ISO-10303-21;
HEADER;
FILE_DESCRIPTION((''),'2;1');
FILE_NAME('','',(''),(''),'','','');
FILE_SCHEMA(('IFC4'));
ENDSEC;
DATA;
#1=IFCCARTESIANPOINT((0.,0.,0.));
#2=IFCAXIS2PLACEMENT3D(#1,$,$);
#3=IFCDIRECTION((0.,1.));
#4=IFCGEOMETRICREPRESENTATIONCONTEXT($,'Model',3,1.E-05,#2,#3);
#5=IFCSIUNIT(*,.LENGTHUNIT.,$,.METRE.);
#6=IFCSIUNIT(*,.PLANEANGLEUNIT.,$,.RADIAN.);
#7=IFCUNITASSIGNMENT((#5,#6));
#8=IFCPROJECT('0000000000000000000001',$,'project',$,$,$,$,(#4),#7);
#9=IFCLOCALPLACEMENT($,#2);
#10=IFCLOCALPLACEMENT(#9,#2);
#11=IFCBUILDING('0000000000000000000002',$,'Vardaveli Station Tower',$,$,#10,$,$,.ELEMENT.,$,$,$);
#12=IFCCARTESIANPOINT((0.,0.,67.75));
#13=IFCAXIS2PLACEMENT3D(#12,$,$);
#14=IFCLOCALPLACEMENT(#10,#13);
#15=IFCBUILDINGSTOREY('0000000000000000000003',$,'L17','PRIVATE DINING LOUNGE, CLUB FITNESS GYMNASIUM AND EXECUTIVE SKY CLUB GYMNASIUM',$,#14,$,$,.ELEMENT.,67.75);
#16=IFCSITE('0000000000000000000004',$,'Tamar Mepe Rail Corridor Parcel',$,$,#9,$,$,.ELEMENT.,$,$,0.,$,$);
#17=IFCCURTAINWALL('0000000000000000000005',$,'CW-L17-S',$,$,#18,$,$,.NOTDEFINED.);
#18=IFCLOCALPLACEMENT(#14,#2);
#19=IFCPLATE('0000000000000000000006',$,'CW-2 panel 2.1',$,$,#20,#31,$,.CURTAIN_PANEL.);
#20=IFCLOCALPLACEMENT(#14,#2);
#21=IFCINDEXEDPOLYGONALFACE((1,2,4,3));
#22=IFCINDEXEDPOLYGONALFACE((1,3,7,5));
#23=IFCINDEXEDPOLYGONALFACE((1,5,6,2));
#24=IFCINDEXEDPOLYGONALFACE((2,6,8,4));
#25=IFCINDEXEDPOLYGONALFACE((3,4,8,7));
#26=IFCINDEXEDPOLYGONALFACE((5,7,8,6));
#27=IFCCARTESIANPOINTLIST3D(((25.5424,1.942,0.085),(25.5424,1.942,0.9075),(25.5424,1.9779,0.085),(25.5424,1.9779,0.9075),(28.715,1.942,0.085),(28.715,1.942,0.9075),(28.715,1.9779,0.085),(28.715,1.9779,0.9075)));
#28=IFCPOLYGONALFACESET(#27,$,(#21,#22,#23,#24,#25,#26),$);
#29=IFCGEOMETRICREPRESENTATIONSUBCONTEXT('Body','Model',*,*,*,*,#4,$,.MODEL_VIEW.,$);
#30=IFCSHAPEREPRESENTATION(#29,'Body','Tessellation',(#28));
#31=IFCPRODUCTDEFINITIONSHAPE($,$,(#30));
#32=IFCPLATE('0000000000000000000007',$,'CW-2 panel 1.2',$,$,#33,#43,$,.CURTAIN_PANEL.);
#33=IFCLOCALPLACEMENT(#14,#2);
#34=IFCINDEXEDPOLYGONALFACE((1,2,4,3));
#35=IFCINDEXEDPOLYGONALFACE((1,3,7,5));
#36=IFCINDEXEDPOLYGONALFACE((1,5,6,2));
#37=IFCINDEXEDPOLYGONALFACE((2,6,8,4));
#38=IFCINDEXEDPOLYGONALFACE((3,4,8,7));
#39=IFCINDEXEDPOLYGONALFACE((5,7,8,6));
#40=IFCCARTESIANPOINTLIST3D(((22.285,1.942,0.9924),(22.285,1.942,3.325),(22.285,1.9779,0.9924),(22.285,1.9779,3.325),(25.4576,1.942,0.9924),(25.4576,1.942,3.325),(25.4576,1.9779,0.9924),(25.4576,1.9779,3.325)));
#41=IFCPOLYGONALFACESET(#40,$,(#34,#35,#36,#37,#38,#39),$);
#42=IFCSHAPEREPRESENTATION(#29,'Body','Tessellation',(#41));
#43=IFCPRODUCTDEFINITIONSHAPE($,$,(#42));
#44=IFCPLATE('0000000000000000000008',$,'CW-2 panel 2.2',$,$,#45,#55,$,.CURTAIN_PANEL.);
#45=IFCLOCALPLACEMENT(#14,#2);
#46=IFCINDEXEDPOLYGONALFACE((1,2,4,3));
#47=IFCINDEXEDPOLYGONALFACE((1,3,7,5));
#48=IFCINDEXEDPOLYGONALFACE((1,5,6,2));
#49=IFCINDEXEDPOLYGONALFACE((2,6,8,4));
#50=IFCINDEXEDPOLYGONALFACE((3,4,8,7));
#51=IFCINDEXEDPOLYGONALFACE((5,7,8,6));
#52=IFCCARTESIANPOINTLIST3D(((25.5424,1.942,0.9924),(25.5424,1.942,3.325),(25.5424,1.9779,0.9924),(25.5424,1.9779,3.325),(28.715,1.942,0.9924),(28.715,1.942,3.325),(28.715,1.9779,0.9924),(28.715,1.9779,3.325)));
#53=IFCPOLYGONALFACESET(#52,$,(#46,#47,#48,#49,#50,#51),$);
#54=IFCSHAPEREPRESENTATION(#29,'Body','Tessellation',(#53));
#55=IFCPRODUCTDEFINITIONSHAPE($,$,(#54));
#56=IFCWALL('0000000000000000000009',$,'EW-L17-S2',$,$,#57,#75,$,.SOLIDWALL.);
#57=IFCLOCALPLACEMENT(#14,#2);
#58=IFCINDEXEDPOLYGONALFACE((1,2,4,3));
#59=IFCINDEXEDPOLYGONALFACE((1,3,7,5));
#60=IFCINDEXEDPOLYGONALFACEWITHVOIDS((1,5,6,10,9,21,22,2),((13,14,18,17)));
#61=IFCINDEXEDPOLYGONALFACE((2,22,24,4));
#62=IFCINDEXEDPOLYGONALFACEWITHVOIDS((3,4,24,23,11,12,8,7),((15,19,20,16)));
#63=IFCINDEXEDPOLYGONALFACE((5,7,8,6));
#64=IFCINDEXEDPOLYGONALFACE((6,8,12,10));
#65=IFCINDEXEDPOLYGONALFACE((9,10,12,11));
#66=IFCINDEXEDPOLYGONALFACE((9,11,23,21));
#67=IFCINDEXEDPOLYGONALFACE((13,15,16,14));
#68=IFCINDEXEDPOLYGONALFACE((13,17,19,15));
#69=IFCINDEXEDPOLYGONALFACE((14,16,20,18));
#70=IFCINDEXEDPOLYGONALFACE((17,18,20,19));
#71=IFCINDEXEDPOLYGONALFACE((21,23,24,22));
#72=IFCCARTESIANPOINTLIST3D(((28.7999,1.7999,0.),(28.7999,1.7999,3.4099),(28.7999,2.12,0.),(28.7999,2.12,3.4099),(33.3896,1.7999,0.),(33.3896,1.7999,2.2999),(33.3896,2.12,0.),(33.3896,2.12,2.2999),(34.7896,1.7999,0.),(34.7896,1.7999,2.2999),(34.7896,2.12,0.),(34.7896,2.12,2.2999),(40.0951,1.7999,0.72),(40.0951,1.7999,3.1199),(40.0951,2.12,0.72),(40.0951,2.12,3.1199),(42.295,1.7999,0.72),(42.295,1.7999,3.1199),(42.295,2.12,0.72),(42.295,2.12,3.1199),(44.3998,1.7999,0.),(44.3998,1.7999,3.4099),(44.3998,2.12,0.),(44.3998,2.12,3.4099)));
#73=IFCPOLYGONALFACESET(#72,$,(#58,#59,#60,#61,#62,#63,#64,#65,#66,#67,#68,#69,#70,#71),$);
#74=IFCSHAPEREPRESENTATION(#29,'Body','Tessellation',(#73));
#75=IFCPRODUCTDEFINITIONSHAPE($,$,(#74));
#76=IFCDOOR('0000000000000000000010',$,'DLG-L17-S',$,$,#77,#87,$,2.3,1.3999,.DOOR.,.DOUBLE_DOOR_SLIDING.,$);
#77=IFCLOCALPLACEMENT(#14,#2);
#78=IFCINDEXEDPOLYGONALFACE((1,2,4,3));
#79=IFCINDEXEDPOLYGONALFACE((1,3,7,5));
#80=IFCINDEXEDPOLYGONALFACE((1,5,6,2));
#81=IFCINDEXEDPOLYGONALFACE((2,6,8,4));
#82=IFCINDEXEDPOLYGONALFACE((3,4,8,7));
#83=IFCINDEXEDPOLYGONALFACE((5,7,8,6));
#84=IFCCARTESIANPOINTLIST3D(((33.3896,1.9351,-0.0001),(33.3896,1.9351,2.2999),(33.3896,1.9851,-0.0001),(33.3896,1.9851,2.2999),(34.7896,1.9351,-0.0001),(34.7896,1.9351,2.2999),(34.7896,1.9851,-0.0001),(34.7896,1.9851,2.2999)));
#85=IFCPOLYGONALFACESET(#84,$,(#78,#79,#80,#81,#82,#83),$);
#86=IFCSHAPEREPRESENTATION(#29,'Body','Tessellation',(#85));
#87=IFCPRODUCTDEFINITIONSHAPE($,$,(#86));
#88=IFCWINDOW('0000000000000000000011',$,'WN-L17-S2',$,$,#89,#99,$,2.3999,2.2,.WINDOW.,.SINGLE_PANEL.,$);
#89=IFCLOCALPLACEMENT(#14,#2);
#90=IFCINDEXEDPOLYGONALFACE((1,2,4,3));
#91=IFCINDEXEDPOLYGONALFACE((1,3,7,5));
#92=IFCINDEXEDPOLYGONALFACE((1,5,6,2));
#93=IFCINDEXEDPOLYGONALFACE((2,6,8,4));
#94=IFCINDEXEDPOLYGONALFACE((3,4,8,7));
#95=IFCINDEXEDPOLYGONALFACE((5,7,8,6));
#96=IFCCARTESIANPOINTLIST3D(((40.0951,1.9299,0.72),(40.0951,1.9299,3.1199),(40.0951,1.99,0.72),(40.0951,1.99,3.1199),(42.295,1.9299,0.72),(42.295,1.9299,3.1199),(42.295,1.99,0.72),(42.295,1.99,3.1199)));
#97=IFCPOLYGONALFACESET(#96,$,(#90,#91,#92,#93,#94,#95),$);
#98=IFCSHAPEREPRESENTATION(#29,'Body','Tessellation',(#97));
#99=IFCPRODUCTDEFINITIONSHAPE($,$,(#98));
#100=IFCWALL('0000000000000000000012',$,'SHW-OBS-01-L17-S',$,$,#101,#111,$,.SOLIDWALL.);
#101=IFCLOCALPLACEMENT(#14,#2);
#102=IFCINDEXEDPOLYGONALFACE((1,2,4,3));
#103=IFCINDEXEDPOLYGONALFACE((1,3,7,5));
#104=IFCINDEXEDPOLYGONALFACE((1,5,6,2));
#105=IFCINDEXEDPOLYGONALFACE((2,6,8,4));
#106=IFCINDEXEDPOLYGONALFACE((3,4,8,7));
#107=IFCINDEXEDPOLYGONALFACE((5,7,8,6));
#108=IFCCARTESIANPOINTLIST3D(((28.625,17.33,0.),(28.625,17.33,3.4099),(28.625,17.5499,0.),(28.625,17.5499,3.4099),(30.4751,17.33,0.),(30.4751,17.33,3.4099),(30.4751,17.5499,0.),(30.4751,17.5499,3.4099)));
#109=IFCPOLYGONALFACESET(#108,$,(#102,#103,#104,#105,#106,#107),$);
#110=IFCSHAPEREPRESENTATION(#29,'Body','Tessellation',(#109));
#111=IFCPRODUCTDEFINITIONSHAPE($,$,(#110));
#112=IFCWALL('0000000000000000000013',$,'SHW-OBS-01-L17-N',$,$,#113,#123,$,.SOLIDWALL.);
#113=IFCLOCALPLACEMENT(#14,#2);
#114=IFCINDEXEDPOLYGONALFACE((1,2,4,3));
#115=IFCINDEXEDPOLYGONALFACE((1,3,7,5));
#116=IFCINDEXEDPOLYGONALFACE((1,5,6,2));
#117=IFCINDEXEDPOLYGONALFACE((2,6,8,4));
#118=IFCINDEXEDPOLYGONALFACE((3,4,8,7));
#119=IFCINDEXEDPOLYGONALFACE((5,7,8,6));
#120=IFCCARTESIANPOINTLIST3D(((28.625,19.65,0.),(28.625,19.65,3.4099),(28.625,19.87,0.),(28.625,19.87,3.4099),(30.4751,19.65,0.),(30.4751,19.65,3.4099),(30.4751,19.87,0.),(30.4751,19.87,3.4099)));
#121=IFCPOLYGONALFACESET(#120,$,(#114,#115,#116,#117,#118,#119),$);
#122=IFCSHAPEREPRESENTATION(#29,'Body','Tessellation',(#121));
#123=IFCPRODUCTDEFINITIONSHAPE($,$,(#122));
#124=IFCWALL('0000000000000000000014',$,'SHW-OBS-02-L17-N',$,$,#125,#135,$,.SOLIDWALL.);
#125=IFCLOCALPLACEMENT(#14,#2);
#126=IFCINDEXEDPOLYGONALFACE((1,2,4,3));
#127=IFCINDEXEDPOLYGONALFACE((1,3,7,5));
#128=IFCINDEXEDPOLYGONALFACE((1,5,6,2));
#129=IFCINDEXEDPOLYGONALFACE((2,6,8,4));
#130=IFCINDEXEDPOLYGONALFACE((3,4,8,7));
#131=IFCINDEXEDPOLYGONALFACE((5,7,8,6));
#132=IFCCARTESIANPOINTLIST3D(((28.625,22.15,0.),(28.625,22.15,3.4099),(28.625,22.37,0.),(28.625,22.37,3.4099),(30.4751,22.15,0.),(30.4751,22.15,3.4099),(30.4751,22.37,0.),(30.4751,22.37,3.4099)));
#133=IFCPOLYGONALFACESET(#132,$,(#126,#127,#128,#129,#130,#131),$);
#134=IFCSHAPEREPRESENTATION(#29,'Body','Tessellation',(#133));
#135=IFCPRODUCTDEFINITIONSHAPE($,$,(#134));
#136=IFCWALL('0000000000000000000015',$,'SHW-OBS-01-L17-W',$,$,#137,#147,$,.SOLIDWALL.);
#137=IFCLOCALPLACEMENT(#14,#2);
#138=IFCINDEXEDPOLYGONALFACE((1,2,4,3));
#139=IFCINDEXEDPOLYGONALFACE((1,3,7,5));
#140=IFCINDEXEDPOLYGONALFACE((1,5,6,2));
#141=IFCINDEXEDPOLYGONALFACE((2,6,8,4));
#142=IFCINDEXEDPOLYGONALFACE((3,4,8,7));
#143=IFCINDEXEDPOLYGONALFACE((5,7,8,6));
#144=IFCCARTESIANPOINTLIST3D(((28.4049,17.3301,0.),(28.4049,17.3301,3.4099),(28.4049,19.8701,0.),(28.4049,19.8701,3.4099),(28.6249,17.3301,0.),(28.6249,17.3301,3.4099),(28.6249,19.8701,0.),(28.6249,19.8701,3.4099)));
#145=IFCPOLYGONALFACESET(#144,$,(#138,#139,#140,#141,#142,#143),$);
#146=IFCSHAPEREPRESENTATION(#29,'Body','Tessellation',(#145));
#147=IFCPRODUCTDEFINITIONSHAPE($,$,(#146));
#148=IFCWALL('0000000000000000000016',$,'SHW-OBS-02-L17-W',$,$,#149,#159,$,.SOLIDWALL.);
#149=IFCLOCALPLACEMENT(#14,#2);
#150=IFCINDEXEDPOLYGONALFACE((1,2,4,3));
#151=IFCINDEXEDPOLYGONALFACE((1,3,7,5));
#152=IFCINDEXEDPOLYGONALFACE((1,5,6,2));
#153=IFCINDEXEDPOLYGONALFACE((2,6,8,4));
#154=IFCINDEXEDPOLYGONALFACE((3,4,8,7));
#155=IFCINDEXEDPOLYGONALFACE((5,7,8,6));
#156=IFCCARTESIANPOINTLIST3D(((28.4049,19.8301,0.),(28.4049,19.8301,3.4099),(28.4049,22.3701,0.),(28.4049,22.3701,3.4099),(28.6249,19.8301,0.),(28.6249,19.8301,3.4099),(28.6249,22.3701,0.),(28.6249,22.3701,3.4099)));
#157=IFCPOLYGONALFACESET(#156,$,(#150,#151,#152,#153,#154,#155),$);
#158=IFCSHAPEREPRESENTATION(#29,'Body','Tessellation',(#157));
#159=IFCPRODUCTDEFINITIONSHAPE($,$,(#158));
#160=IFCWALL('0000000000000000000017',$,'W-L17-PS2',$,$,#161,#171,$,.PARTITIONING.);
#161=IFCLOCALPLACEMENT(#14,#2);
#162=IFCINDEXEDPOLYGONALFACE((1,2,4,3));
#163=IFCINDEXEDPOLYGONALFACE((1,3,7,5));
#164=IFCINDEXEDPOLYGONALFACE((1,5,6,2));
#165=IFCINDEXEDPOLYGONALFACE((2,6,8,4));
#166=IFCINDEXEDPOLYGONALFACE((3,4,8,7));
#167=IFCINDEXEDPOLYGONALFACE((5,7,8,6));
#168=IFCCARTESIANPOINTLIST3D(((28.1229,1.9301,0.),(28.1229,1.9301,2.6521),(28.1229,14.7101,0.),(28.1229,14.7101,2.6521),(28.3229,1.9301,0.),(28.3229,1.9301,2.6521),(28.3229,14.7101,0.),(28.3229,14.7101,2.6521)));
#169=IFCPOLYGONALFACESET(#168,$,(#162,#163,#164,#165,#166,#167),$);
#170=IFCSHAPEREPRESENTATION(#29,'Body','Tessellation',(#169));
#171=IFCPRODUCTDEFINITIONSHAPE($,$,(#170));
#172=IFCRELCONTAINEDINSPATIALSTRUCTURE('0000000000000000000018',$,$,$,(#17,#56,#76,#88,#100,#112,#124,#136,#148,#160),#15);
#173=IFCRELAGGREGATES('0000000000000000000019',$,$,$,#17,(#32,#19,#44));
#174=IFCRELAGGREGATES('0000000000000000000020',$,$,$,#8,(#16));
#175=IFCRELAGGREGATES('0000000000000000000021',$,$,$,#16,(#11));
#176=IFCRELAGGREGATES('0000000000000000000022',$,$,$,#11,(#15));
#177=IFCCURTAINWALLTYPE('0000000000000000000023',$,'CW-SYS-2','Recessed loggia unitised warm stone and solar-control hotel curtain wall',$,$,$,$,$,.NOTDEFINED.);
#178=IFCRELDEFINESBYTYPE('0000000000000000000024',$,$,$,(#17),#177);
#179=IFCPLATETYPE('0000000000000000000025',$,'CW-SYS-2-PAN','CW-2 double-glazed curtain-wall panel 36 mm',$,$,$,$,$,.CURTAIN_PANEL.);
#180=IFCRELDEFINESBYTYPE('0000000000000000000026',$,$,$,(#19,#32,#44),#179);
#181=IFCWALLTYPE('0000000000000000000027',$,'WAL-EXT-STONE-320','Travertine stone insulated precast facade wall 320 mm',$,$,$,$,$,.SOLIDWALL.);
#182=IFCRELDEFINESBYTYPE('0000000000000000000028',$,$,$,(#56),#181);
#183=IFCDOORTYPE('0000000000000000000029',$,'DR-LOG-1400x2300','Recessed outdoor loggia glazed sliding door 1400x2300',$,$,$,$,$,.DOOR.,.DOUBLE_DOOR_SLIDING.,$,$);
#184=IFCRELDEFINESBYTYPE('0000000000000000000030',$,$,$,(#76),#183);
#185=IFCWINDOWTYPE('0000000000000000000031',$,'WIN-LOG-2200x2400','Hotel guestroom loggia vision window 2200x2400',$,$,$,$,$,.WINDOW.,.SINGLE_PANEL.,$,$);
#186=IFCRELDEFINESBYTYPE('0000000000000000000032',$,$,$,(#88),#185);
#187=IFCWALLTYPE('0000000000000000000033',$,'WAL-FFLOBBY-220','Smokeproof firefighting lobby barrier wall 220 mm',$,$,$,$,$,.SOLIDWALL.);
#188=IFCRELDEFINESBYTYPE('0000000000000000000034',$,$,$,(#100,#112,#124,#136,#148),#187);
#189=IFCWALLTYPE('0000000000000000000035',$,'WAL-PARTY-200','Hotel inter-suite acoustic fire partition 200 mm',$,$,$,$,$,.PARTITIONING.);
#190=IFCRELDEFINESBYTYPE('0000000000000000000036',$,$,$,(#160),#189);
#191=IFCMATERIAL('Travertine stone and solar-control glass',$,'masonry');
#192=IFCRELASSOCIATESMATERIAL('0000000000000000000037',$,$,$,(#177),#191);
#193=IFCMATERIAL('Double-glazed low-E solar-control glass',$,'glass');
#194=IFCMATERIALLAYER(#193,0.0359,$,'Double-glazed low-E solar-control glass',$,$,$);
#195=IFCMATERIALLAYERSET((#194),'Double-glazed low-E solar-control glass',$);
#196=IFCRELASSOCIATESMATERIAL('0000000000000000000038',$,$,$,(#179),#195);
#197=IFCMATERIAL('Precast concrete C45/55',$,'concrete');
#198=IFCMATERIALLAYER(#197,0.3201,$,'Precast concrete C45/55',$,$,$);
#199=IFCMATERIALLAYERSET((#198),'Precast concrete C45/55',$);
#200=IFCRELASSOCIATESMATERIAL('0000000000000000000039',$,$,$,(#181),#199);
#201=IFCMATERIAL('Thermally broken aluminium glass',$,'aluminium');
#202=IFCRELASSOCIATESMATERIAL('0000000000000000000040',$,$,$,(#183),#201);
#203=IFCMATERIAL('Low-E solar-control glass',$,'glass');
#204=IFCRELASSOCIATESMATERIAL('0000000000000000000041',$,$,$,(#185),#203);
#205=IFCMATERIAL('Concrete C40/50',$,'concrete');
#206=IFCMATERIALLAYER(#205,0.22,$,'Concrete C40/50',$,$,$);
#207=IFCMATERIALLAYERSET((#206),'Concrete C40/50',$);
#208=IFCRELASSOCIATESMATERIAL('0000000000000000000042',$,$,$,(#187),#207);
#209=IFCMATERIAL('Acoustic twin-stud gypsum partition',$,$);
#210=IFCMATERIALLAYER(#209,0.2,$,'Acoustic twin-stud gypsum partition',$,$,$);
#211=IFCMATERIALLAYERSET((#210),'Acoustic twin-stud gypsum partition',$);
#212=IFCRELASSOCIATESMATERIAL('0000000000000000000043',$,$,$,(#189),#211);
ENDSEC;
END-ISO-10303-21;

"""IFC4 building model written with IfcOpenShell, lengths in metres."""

from ifc_helpers import new_model, si_unit, direction, frame, frame_2d, origin, origin_2d, place, context, subcontext, project, spatial, rectangle, extrude, source, transform, mapped, material, layer, layer_set, type_object, element, fill, aggregate, save


model = new_model("IFC4")

# Units and contexts
model_context = context("Model", 3, precision=1e-05, world=origin(), true_north=direction((0.0, 1.0)))
body_context = subcontext(model_context, "Body", "Model", "MODEL_VIEW")
ifc_project = project(units=[si_unit("LENGTHUNIT", "METRE"), si_unit("PLANEANGLEUNIT", "RADIAN")], contexts=[model_context])

# Site, building, storey
site_placement = place(None, origin())
site = spatial("IfcSite", under=ifc_project, at=site_placement, Name="Tamar Mepe Rail Corridor Parcel", CompositionType="ELEMENT", RefElevation=0.0)
building_placement = place(site_placement, origin())
building = spatial("IfcBuilding", under=site, at=building_placement, Name="Vardaveli Station Tower", CompositionType="ELEMENT")
storey_placement = place(building_placement, frame((0.0, 0.0, 67.75)))
storey = spatial("IfcBuildingStorey", under=building, at=storey_placement, Name="L17", Description="PRIVATE DINING LOUNGE, CLUB FITNESS GYMNASIUM AND EXECUTIVE SKY CLUB GYMNASIUM", CompositionType="ELEMENT", Elevation=67.75)

# Curtain wall, plates
ifc_material_1 = material(Name="Travertine stone and solar-control glass", Category="masonry")
curtain_wall_type = type_object("IfcCurtainWallType", Name="CW-SYS-2", Description="Recessed loggia unitised warm stone and solar-control hotel curtain wall", PredefinedType="NOTDEFINED", material=ifc_material_1)
curtain_wall_placement = place(storey_placement, origin())
curtain_wall = element("IfcCurtainWall", 1, at=curtain_wall_placement, inside=storey, type_object=curtain_wall_type, Name="CW-L17-S", PredefinedType="NOTDEFINED")
ifc_material_2 = material(Name="Double-glazed low-E solar-control glass", Category="glass")
ifc_layer_1 = layer(ifc_material_2, 0.0359, Name="Double-glazed low-E solar-control glass")
ifc_layer_set_1 = layer_set([ifc_layer_1], Name="Double-glazed low-E solar-control glass")
plate_type = type_object("IfcPlateType", Name="CW-SYS-2-PAN", Description="CW-2 double-glazed curtain-wall panel 36 mm", PredefinedType="CURTAIN_PANEL", material=ifc_layer_set_1)
shared_shape_1 = source(origin(), body_context, "Body", "SweptSolid", [
    extrude(rectangle(XDim=3.1726, YDim=0.0359, at=origin_2d()), origin(), (0.0, 0.0, 1.0), 0.8225),
])
plate_1_placement = place(storey_placement, frame((27.1287, 1.96, 0.085), z_axis=(0.0, 0.0, 1.0), x_axis=(1.0, 0.0, 0.0)))
plate_1 = element("IfcPlate", 2, at=plate_1_placement, type_object=plate_type, Name="CW-2 panel 2.1", PredefinedType="CURTAIN_PANEL", context=body_context, shape_type="MappedRepresentation", body=[
    mapped(shared_shape_1, transform((0.0, 0.0, 0.0), scale=1.0)),
])
shared_shape_2 = source(origin(), body_context, "Body", "SweptSolid", [
    extrude(rectangle(XDim=3.1726, YDim=0.0359, at=origin_2d()), origin(), (0.0, 0.0, 1.0), 2.3325),
])
plate_2_placement = place(storey_placement, frame((23.8713, 1.96, 0.9924), z_axis=(0.0, 0.0, 1.0), x_axis=(1.0, 0.0, 0.0)))
plate_2 = element("IfcPlate", 3, at=plate_2_placement, type_object=plate_type, Name="CW-2 panel 1.2", PredefinedType="CURTAIN_PANEL", context=body_context, shape_type="MappedRepresentation", body=[
    mapped(shared_shape_2, transform((0.0, 0.0, 0.0), scale=1.0)),
])
plate_3_placement = place(storey_placement, frame((27.1287, 1.96, 0.9924), z_axis=(0.0, 0.0, 1.0), x_axis=(1.0, 0.0, 0.0)))
plate_3 = element("IfcPlate", 4, at=plate_3_placement, type_object=plate_type, Name="CW-2 panel 2.2", PredefinedType="CURTAIN_PANEL", context=body_context, shape_type="MappedRepresentation", body=[
    mapped(shared_shape_2, transform((0.0, 0.0, 0.0), scale=1.0)),
])
aggregate(curtain_wall, [plate_2, plate_1, plate_3])

# Wall, openings, door, window
ifc_material_3 = material(Name="Precast concrete C45/55", Category="concrete")
ifc_layer_2 = layer(ifc_material_3, 0.3201, Name="Precast concrete C45/55")
ifc_layer_set_2 = layer_set([ifc_layer_2], Name="Precast concrete C45/55")
wall_type_1 = type_object("IfcWallType", Name="WAL-EXT-STONE-320", Description="Travertine stone insulated precast facade wall 320 mm", PredefinedType="SOLIDWALL", material=ifc_layer_set_2)
shared_shape_3 = source(origin(), body_context, "Body", "SweptSolid", [
    extrude(rectangle(XDim=15.5999, YDim=0.3201, at=frame_2d((7.7998, 0.0))), origin(), (0.0, 0.0, 1.0), 3.4099),
])
wall_1_placement = place(storey_placement, frame((28.8, 1.96, 0.0), z_axis=(0.0, 0.0, 1.0), x_axis=(1.0, 0.0, 0.0)))
wall_1 = element("IfcWall", 5, at=wall_1_placement, inside=storey, type_object=wall_type_1, Name="EW-L17-S2", PredefinedType="SOLIDWALL", context=body_context, shape_type="MappedRepresentation", body=[
    mapped(shared_shape_3, transform((0.0, 0.0, 0.0), scale=1.0)),
])
shared_shape_4 = source(origin(), body_context, "Body", "SweptSolid", [
    extrude(rectangle(XDim=1.3999, YDim=2.3, at=frame_2d((0.7, 1.1499))), frame((0.0, 0.1699, 0.0), z_axis=(0.0, -1.0, 0.0), x_axis=(1.0, 0.0, 0.0)), (0.0, 0.0, 1.0), 0.3401),
])
opening_1_placement = place(wall_1_placement, frame((4.5896, 0.0, 0.0)))
opening_1 = element("IfcOpeningElement", 6, at=opening_1_placement, cuts=wall_1, PredefinedType="OPENING", context=body_context, shape_type="MappedRepresentation", body=[
    mapped(shared_shape_4, transform((0.0, 0.0, 0.0), scale=1.0)),
])
shared_shape_5 = source(origin(), body_context, "Body", "SweptSolid", [
    extrude(rectangle(XDim=2.2, YDim=2.3999, at=frame_2d((1.1001, 1.2))), frame((0.0, 0.1699, 0.0), z_axis=(0.0, -1.0, 0.0), x_axis=(1.0, 0.0, 0.0)), (0.0, 0.0, 1.0), 0.3401),
])
opening_2_placement = place(wall_1_placement, frame((11.2949, 0.0, 0.72)))
opening_2 = element("IfcOpeningElement", 7, at=opening_2_placement, cuts=wall_1, PredefinedType="OPENING", context=body_context, shape_type="MappedRepresentation", body=[
    mapped(shared_shape_5, transform((0.0, 0.0, 0.0), scale=1.0)),
])
ifc_material_4 = material(Name="Thermally broken aluminium glass", Category="aluminium")
door_type_1 = type_object("IfcDoorType", Name="DR-LOG-1400x2300", Description="Recessed outdoor loggia glazed sliding door 1400x2300", OperationType="DOUBLE_DOOR_SLIDING", PredefinedType="DOOR", material=ifc_material_4)
shared_shape_6 = source(origin(), body_context, "Body", "SweptSolid", [
    extrude(rectangle(XDim=1.3999, YDim=2.3, at=frame_2d((0.7, 1.1499))), frame((0.0, 0.0249, 0.0), z_axis=(0.0, -1.0, 0.0), x_axis=(1.0, 0.0, 0.0)), (0.0, 0.0, 1.0), 0.05),
])
door_1_placement = place(opening_1_placement, frame((1.3999, 0.0, 0.0), z_axis=(0.0, 0.0, 1.0), x_axis=(-1.0, 0.0, 0.0)))
door_1 = element("IfcDoor", 8, at=door_1_placement, inside=storey, type_object=door_type_1, Name="DLG-L17-S", OperationType="DOUBLE_DOOR_SLIDING", OverallHeight=2.3, OverallWidth=1.3999, PredefinedType="DOOR", context=body_context, shape_type="MappedRepresentation", body=[
    mapped(shared_shape_6, transform((0.0, 0.0, 0.0), scale=1.0)),
])
fill(opening_1, door_1)
ifc_material_5 = material(Name="Low-E solar-control glass", Category="glass")
window_type = type_object("IfcWindowType", Name="WIN-LOG-2200x2400", Description="Hotel guestroom loggia vision window 2200x2400", PartitioningType="SINGLE_PANEL", PredefinedType="WINDOW", material=ifc_material_5)
shared_shape_7 = source(origin(), body_context, "Body", "SweptSolid", [
    extrude(rectangle(XDim=2.2, YDim=2.3999, at=frame_2d((1.1001, 1.2))), frame((0.0, 0.03, 0.0), z_axis=(0.0, -1.0, 0.0), x_axis=(1.0, 0.0, 0.0)), (0.0, 0.0, 1.0), 0.0601),
])
window_placement = place(opening_2_placement, origin())
window = element("IfcWindow", 9, at=window_placement, inside=storey, type_object=window_type, Name="WN-L17-S2", OverallHeight=2.3999, OverallWidth=2.2, PartitioningType="SINGLE_PANEL", PredefinedType="WINDOW", context=body_context, shape_type="MappedRepresentation", body=[
    mapped(shared_shape_7, transform((0.0, 0.0, 0.0), scale=1.0)),
])
fill(opening_2, window)

# Walls
ifc_material_6 = material(Name="Concrete C40/50", Category="concrete")
ifc_layer_3 = layer(ifc_material_6, 0.22, Name="Concrete C40/50")
ifc_layer_set_3 = layer_set([ifc_layer_3], Name="Concrete C40/50")
wall_type_2 = type_object("IfcWallType", Name="WAL-FFLOBBY-220", Description="Smokeproof firefighting lobby barrier wall 220 mm", PredefinedType="SOLIDWALL", material=ifc_layer_set_3)
shared_shape_8 = source(origin(), body_context, "Body", "SweptSolid", [
    extrude(rectangle(XDim=1.8501, YDim=0.22, at=frame_2d((0.925, 0.0))), origin(), (0.0, 0.0, 1.0), 3.4099),
])
for number, where, z_axis, x_axis, name in (
    (10, (28.625, 17.4399, 0.0), (0.0, 0.0, 1.0), (1.0, 0.0, 0.0), "SHW-OBS-01-L17-S"),
    (11, (28.625, 19.76, 0.0), (0.0, 0.0, 1.0), (1.0, 0.0, 0.0), "SHW-OBS-01-L17-N"),
    (12, (28.625, 22.26, 0.0), (0.0, 0.0, 1.0), (1.0, 0.0, 0.0), "SHW-OBS-02-L17-N"),
):
    element("IfcWall", number, at=place(storey_placement, frame(where, z_axis=z_axis, x_axis=x_axis)), inside=storey, type_object=wall_type_2, Name=name, PredefinedType="SOLIDWALL", context=body_context, shape_type="MappedRepresentation", body=[
        mapped(shared_shape_8, transform((0.0, 0.0, 0.0), scale=1.0)),
    ])
shared_shape_9 = source(origin(), body_context, "Body", "SweptSolid", [
    extrude(rectangle(XDim=2.54, YDim=0.22, at=frame_2d((1.27, 0.0))), origin(), (0.0, 0.0, 1.0), 3.4099),
])
for number, where, z_axis, x_axis, name in (
    (13, (28.5149, 17.3301, 0.0), (0.0, 0.0, 1.0), (0.0, 1.0, 0.0), "SHW-OBS-01-L17-W"),
    (14, (28.5149, 19.8301, 0.0), (0.0, 0.0, 1.0), (0.0, 1.0, 0.0), "SHW-OBS-02-L17-W"),
):
    element("IfcWall", number, at=place(storey_placement, frame(where, z_axis=z_axis, x_axis=x_axis)), inside=storey, type_object=wall_type_2, Name=name, PredefinedType="SOLIDWALL", context=body_context, shape_type="MappedRepresentation", body=[
        mapped(shared_shape_9, transform((0.0, 0.0, 0.0), scale=1.0)),
    ])
ifc_material_7 = material(Name="Acoustic twin-stud gypsum partition")
ifc_layer_4 = layer(ifc_material_7, 0.2, Name="Acoustic twin-stud gypsum partition")
ifc_layer_set_4 = layer_set([ifc_layer_4], Name="Acoustic twin-stud gypsum partition")
wall_type_3 = type_object("IfcWallType", Name="WAL-PARTY-200", Description="Hotel inter-suite acoustic fire partition 200 mm", PredefinedType="PARTITIONING", material=ifc_layer_set_4)
shared_shape_10 = source(origin(), body_context, "Body", "SweptSolid", [
    extrude(rectangle(XDim=12.78, YDim=0.2, at=frame_2d((6.3901, 0.0))), origin(), (0.0, 0.0, 1.0), 2.6521),
])
wall_2_placement = place(storey_placement, frame((28.2229, 1.9299, 0.0), z_axis=(0.0, 0.0, 1.0), x_axis=(0.0, 1.0, 0.0)))
element("IfcWall", 15, at=wall_2_placement, inside=storey, type_object=wall_type_3, Name="W-L17-PS2", PredefinedType="PARTITIONING", context=body_context, shape_type="MappedRepresentation", body=[
    mapped(shared_shape_10, transform((0.0, 0.0, 0.0), scale=1.0)),
])

save(model, "model.ifc")
